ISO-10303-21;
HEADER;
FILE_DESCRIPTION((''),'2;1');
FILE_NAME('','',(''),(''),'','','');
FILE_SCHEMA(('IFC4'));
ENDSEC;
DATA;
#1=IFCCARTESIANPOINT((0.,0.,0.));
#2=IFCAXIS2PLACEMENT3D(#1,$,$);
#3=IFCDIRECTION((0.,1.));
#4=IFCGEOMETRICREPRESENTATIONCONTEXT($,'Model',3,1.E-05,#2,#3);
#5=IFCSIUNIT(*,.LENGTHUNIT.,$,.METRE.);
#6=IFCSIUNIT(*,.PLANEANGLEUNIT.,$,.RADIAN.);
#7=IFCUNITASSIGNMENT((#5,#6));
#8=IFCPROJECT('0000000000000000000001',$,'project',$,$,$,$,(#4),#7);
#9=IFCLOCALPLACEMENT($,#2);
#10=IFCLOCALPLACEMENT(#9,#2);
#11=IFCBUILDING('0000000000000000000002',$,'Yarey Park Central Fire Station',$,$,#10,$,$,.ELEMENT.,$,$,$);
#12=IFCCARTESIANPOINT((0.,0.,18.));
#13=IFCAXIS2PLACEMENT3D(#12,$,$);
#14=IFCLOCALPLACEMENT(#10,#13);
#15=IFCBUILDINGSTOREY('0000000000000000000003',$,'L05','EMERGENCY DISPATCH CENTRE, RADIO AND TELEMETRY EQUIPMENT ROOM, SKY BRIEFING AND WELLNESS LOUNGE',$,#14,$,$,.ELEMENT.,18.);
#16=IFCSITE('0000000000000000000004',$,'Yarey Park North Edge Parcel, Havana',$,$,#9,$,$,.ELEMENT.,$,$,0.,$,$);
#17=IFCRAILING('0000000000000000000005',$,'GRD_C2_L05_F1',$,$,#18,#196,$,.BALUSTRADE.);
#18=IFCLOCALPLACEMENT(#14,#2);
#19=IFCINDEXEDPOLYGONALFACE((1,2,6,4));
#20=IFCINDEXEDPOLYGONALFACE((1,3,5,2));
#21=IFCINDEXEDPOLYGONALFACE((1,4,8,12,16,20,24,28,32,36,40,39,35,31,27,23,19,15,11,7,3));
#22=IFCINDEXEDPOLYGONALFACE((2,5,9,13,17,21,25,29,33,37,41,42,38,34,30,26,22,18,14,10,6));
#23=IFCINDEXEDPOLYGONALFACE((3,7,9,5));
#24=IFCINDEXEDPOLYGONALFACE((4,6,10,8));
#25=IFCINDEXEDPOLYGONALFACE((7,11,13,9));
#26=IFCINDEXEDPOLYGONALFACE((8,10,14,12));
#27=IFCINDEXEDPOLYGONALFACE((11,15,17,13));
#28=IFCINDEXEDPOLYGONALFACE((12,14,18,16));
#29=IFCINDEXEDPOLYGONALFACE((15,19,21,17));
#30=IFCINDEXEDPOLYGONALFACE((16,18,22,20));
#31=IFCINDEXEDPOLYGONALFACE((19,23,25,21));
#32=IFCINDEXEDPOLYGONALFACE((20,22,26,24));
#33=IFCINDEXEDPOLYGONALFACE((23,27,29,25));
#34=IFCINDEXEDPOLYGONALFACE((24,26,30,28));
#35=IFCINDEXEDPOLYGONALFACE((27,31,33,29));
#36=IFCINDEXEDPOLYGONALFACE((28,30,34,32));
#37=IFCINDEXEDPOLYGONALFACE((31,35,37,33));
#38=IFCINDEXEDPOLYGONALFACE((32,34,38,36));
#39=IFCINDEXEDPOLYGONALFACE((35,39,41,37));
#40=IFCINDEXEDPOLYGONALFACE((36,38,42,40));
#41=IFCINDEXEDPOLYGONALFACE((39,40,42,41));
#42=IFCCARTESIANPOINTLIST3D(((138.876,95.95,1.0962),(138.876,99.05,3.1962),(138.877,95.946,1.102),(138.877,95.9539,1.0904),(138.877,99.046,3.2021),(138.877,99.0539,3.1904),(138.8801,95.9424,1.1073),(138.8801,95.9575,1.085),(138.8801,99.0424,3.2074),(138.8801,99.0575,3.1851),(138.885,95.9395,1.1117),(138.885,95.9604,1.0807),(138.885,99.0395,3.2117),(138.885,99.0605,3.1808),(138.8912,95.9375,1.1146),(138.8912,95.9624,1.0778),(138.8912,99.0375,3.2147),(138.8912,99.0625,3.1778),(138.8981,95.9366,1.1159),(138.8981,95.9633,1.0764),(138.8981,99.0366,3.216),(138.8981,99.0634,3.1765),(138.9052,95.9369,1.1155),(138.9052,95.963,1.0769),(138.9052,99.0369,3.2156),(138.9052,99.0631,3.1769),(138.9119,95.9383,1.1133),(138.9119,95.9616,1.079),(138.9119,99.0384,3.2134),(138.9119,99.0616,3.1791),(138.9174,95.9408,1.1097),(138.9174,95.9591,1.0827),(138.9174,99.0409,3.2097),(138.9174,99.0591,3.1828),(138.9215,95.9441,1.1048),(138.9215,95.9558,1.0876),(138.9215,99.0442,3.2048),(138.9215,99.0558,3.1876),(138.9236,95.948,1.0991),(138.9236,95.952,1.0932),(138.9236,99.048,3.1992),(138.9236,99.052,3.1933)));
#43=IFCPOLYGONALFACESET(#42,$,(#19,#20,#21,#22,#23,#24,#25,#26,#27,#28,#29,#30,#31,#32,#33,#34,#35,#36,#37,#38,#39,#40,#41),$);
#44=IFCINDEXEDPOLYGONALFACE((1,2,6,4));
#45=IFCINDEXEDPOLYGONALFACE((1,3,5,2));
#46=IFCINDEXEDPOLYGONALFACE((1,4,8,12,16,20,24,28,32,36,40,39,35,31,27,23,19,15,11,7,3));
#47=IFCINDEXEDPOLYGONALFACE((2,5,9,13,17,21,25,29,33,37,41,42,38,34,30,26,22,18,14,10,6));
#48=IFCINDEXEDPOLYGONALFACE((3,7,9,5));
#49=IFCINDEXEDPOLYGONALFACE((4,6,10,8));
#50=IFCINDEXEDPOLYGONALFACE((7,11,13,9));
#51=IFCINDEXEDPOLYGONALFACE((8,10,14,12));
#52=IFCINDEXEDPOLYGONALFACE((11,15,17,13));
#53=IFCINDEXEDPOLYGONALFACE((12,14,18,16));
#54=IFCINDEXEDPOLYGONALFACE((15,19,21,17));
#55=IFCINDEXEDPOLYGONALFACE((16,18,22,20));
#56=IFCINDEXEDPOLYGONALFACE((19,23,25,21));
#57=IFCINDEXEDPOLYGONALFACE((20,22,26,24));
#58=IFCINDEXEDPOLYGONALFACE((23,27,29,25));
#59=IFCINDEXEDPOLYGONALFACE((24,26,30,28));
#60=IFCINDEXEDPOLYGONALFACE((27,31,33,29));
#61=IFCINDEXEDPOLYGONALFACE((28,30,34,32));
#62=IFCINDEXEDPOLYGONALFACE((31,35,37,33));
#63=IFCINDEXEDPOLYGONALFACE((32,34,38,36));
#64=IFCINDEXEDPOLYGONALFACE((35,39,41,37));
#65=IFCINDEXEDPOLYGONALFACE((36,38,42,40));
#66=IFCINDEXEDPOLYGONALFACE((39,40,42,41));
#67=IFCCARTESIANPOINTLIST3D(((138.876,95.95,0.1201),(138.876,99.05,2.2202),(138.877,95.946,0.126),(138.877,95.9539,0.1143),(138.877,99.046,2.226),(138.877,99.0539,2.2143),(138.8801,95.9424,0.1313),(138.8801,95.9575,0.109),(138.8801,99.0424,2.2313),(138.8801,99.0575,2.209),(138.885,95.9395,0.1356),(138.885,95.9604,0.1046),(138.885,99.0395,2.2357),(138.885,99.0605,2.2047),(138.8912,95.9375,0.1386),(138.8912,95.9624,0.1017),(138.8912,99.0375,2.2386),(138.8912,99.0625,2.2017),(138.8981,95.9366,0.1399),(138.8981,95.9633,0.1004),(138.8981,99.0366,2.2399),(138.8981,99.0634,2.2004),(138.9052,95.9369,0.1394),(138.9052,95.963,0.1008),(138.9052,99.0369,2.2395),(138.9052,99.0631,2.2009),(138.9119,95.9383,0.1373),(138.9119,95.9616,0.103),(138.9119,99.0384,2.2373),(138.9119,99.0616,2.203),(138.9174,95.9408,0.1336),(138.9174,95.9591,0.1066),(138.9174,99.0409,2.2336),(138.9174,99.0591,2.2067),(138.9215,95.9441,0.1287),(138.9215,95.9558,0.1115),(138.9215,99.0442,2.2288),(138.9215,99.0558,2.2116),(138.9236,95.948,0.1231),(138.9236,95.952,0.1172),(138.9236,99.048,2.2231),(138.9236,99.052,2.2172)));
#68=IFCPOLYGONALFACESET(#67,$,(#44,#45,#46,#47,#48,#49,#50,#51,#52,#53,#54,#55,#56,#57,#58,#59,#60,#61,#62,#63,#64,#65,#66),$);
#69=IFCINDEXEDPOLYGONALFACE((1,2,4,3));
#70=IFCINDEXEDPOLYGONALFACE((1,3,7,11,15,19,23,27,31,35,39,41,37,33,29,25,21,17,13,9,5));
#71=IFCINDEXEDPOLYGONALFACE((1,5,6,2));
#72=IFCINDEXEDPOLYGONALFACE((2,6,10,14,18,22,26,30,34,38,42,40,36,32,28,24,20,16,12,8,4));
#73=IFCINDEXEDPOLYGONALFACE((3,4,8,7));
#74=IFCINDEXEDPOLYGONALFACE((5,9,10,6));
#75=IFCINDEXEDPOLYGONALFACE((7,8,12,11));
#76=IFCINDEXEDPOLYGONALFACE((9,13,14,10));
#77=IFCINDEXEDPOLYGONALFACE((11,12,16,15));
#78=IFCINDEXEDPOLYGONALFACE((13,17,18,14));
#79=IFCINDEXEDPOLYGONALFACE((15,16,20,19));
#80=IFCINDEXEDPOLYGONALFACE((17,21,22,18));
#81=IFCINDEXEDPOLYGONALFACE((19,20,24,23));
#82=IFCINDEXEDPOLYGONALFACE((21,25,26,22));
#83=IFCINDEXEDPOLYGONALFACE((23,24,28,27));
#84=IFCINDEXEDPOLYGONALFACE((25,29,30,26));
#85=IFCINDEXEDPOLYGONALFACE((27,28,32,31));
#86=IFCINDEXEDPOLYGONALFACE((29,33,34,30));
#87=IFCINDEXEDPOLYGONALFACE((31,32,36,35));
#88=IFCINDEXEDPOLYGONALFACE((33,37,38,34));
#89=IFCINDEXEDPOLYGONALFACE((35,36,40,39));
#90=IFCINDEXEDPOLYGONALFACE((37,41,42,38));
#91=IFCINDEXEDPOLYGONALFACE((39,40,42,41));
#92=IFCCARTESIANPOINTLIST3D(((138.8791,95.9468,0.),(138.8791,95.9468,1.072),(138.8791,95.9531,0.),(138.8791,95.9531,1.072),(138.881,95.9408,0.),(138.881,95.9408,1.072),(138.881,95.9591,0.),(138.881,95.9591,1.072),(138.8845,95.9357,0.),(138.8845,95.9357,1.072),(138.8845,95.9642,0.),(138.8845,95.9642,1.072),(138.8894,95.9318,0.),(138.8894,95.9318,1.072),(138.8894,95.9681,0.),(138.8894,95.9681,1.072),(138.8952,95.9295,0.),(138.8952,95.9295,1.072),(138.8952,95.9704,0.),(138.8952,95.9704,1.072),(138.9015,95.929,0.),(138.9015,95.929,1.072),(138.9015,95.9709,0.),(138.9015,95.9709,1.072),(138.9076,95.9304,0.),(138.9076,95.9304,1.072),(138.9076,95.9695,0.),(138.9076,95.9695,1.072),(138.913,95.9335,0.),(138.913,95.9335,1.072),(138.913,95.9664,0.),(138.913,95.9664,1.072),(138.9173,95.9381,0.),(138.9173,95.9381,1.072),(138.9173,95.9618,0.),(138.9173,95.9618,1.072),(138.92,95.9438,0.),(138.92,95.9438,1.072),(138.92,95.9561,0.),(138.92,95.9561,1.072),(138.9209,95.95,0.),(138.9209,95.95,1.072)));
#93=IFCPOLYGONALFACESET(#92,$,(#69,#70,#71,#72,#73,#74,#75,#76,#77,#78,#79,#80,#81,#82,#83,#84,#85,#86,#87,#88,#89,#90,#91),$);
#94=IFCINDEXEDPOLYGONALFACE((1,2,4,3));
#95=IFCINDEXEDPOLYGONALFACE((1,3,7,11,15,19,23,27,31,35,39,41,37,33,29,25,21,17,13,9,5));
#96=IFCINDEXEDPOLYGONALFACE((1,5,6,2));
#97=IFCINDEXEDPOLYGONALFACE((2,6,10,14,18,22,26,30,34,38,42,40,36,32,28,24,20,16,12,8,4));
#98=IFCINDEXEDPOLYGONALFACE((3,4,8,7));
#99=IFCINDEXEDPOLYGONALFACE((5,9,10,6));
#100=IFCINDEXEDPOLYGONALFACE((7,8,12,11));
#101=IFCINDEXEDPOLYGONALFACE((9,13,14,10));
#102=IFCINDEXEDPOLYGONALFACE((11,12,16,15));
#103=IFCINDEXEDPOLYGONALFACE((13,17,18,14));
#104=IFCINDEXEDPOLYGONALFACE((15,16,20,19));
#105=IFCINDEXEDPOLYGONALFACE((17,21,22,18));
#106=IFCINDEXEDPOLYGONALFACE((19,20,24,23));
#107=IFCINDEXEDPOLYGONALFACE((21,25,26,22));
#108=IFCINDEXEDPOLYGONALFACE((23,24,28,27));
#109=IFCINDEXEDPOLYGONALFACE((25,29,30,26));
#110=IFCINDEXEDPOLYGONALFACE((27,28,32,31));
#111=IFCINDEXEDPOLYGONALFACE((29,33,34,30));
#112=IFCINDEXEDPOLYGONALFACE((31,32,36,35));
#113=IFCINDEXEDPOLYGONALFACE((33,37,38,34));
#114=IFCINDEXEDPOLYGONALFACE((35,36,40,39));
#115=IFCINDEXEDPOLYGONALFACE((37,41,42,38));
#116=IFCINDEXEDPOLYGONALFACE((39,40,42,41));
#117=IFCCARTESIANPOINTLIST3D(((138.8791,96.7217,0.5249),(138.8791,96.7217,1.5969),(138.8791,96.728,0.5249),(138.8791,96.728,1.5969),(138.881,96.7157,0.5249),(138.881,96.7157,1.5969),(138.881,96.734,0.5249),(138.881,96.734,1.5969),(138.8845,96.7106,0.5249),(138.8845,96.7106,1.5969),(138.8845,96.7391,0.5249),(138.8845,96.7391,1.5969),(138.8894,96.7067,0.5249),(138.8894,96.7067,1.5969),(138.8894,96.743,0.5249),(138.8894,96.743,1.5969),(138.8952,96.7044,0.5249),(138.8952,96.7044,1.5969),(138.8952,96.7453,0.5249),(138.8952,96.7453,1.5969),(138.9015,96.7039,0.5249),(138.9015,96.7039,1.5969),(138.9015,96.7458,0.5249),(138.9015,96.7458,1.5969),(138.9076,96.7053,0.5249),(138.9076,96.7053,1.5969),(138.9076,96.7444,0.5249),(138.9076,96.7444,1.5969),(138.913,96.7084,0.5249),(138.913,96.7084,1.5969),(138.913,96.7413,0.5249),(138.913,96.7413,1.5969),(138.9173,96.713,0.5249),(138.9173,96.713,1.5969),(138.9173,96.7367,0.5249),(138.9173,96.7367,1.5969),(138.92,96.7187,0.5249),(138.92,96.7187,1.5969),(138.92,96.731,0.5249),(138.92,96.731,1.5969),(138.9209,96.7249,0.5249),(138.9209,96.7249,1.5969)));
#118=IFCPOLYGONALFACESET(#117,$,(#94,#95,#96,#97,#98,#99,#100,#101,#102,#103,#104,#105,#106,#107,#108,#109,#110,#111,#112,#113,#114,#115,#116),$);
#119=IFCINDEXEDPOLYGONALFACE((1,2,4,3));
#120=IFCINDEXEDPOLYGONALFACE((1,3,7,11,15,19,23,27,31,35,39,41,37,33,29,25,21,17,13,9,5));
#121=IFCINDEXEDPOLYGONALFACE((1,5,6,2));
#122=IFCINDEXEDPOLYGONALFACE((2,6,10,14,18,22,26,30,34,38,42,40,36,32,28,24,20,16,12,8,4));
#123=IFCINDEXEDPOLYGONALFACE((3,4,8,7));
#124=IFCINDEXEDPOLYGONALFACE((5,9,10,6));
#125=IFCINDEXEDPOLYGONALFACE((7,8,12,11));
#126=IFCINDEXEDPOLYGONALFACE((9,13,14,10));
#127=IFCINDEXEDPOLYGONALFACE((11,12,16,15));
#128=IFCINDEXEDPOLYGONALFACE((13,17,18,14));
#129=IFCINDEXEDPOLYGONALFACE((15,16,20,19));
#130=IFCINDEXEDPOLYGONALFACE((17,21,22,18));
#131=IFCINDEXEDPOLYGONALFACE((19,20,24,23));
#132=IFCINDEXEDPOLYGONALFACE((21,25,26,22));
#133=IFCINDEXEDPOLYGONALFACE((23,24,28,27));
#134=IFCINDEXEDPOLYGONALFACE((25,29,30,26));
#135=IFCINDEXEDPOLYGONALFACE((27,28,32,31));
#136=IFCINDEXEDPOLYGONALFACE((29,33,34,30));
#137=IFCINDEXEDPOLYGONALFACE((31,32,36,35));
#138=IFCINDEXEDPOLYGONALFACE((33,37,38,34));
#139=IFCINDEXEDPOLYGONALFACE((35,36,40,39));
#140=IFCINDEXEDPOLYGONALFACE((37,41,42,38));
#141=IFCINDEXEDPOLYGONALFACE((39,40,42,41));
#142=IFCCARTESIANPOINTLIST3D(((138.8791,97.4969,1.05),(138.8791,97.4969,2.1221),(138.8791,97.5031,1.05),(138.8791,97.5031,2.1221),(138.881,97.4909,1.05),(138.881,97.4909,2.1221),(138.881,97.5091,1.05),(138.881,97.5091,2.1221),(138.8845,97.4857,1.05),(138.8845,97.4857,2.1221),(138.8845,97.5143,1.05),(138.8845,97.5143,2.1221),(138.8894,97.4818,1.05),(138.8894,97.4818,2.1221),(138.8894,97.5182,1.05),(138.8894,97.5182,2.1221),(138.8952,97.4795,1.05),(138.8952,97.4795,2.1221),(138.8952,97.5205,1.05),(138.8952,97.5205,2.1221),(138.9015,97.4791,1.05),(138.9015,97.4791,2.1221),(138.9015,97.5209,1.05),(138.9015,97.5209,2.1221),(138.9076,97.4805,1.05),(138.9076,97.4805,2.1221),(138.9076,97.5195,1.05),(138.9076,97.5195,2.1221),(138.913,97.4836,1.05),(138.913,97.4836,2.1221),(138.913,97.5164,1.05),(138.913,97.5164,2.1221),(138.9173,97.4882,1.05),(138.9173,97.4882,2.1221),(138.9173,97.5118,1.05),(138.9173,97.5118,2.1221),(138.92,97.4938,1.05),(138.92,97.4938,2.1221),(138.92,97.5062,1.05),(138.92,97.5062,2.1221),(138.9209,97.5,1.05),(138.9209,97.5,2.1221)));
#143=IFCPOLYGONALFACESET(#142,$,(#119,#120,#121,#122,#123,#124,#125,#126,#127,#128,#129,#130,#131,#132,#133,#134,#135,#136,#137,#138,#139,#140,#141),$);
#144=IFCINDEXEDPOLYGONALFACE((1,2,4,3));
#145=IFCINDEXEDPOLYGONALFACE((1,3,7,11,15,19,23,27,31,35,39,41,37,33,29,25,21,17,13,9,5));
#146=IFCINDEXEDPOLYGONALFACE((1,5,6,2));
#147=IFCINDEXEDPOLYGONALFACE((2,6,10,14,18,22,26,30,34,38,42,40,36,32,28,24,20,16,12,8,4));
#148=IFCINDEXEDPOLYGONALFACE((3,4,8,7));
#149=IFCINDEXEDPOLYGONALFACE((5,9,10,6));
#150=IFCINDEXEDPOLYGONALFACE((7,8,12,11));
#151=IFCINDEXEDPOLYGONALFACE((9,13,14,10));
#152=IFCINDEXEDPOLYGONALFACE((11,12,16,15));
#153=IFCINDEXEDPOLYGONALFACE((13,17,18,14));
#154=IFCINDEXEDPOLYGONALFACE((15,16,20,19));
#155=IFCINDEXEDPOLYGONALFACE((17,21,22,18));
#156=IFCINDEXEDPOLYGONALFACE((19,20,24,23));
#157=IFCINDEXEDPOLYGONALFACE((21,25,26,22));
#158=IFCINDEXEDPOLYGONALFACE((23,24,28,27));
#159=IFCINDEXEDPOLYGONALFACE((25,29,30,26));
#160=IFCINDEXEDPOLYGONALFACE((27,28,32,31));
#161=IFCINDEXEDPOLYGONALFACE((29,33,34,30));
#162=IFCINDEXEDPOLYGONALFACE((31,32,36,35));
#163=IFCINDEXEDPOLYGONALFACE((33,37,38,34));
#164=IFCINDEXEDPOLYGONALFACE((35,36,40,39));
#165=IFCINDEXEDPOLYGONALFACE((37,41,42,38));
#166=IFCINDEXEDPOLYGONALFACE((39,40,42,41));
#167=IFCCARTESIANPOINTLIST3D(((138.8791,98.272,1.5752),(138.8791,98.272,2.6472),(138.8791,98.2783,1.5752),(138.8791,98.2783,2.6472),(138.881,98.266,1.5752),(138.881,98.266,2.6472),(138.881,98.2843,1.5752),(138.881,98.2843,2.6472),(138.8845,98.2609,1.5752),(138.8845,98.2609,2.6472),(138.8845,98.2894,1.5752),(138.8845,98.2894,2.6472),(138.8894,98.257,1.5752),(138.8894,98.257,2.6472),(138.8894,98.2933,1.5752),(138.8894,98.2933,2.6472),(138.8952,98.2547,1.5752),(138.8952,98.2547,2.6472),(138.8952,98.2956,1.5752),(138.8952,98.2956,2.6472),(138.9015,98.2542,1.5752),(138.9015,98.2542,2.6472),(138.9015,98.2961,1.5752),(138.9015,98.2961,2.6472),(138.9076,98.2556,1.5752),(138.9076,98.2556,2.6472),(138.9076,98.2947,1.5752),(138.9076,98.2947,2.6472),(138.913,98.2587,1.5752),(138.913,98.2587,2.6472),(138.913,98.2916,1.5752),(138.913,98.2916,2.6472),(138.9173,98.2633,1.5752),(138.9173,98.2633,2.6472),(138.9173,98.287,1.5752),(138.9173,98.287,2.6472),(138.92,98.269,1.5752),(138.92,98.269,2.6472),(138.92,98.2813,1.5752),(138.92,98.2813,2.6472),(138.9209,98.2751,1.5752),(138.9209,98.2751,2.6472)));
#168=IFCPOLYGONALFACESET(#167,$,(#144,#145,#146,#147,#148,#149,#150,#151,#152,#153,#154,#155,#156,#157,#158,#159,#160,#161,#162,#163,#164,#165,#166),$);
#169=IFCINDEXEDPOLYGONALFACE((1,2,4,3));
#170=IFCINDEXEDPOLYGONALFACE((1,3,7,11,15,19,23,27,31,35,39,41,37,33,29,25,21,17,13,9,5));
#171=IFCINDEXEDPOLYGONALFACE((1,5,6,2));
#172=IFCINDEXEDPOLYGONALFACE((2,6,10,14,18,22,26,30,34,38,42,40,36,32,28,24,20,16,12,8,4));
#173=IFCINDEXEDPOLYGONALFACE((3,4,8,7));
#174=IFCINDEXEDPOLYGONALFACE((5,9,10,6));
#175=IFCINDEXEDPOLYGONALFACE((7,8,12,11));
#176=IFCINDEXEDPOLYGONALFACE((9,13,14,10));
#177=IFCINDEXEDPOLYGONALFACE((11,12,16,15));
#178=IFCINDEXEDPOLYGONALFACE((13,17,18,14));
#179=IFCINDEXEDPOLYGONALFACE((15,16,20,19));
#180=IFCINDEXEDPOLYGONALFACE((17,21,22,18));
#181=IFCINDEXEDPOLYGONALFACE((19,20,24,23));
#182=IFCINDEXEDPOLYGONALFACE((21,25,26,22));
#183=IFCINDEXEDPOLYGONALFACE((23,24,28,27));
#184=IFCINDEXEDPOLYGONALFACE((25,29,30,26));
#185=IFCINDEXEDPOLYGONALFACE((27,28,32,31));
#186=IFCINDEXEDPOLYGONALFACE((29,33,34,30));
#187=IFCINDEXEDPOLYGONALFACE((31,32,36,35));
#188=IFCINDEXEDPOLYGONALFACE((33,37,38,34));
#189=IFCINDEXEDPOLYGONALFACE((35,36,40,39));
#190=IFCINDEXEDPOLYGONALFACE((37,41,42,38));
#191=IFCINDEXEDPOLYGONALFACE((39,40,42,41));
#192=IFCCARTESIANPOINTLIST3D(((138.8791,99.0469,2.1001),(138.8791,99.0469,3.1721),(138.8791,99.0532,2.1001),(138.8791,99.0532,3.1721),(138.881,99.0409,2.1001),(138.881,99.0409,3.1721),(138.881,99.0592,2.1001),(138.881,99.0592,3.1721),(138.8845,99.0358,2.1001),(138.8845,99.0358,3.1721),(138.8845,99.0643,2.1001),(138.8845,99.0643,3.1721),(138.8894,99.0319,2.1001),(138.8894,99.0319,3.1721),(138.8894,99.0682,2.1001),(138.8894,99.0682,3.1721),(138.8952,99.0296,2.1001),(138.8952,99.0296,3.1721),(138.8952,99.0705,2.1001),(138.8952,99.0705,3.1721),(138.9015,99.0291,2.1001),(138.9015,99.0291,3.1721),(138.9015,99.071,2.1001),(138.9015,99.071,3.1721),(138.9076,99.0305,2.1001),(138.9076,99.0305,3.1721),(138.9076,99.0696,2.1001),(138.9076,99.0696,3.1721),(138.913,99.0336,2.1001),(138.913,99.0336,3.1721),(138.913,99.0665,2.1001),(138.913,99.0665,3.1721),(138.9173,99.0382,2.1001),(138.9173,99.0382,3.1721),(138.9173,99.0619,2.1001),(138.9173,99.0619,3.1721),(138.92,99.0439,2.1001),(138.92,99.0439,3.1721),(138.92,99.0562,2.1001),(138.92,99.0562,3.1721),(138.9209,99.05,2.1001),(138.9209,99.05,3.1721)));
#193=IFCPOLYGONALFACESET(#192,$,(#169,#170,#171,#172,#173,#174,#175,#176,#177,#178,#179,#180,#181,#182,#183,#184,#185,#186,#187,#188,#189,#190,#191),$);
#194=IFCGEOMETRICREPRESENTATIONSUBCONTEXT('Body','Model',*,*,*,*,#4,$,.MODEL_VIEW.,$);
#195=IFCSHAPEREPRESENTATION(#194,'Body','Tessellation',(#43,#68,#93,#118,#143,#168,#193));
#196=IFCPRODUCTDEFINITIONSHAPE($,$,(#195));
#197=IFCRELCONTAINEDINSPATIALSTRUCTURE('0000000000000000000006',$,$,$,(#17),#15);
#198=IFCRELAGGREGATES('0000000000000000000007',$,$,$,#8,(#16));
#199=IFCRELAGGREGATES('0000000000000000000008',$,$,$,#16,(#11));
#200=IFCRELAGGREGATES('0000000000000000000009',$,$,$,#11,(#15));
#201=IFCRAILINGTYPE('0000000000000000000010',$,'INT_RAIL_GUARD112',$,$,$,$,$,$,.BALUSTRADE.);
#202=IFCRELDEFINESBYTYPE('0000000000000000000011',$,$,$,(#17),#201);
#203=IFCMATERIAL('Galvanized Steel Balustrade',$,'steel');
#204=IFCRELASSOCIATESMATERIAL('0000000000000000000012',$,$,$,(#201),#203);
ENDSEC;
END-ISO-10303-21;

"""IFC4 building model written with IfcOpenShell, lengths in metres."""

from ifc_helpers import new_model, si_unit, direction, frame, origin, origin_2d, place, context, subcontext, project, spatial, circle, extrude, material, type_object, element, save


model = new_model("IFC4")

# Units and contexts
model_context = context("Model", 3, precision=1e-05, world=origin(), true_north=direction((0.0, 1.0)))
body_context = subcontext(model_context, "Body", "Model", "MODEL_VIEW")
ifc_project = project(units=[si_unit("LENGTHUNIT", "METRE"), si_unit("PLANEANGLEUNIT", "RADIAN")], contexts=[model_context])

# Site, building, storey
site_placement = place(None, origin())
site = spatial("IfcSite", under=ifc_project, at=site_placement, Name="Yarey Park North Edge Parcel, Havana", CompositionType="ELEMENT", RefElevation=0.0)
building_placement = place(site_placement, origin())
building = spatial("IfcBuilding", under=site, at=building_placement, Name="Yarey Park Central Fire Station", CompositionType="ELEMENT")
storey_placement = place(building_placement, frame((0.0, 0.0, 18.0)))
storey = spatial("IfcBuildingStorey", under=building, at=storey_placement, Name="L05", Description="EMERGENCY DISPATCH CENTRE, RADIO AND TELEMETRY EQUIPMENT ROOM, SKY BRIEFING AND WELLNESS LOUNGE", CompositionType="ELEMENT", Elevation=18.0)

# Railing
ifc_material_1 = material(Name="Galvanized Steel Balustrade", Category="steel")
railing_type_1 = type_object("IfcRailingType", Name="INT_RAIL_GUARD112", PredefinedType="BALUSTRADE", material=ifc_material_1)
railing_1_placement = place(storey_placement, frame((138.8999, 95.95, 0.0)))
element("IfcRailing", 1, at=railing_1_placement, inside=storey, type_object=railing_type_1, Name="GRD_C2_L05_F1", PredefinedType="BALUSTRADE", context=body_context, shape_type="SweptSolid", body=[
    extrude(circle(Radius=0.0239, at=origin_2d()), frame((0.0, 0.0, 1.0962), z_axis=(0.0, 0.827915, 0.560854), x_axis=(-1.0, 0.0, 0.0)), (0.0, 0.0, 1.0), 3.7444),
    extrude(circle(Radius=0.0239, at=origin_2d()), frame((0.0, 0.0, 0.1201), z_axis=(0.0, 0.827915, 0.560854), x_axis=(-1.0, 0.0, 0.0)), (0.0, 0.0, 1.0), 3.7444),
    extrude(circle(Radius=0.021, at=origin_2d()), origin(), (0.0, 0.0, 1.0), 1.072),
    extrude(circle(Radius=0.021, at=origin_2d()), frame((0.0, 0.7749, 0.5249)), (0.0, 0.0, 1.0), 1.072),
    extrude(circle(Radius=0.021, at=origin_2d()), frame((0.0, 1.55, 1.05)), (0.0, 0.0, 1.0), 1.072),
    extrude(circle(Radius=0.021, at=origin_2d()), frame((0.0, 2.3252, 1.5752)), (0.0, 0.0, 1.0), 1.072),
    extrude(circle(Radius=0.021, at=origin_2d()), frame((0.0, 3.1001, 2.1001)), (0.0, 0.0, 1.0), 1.072),
])

save(model, "model.ifc")
